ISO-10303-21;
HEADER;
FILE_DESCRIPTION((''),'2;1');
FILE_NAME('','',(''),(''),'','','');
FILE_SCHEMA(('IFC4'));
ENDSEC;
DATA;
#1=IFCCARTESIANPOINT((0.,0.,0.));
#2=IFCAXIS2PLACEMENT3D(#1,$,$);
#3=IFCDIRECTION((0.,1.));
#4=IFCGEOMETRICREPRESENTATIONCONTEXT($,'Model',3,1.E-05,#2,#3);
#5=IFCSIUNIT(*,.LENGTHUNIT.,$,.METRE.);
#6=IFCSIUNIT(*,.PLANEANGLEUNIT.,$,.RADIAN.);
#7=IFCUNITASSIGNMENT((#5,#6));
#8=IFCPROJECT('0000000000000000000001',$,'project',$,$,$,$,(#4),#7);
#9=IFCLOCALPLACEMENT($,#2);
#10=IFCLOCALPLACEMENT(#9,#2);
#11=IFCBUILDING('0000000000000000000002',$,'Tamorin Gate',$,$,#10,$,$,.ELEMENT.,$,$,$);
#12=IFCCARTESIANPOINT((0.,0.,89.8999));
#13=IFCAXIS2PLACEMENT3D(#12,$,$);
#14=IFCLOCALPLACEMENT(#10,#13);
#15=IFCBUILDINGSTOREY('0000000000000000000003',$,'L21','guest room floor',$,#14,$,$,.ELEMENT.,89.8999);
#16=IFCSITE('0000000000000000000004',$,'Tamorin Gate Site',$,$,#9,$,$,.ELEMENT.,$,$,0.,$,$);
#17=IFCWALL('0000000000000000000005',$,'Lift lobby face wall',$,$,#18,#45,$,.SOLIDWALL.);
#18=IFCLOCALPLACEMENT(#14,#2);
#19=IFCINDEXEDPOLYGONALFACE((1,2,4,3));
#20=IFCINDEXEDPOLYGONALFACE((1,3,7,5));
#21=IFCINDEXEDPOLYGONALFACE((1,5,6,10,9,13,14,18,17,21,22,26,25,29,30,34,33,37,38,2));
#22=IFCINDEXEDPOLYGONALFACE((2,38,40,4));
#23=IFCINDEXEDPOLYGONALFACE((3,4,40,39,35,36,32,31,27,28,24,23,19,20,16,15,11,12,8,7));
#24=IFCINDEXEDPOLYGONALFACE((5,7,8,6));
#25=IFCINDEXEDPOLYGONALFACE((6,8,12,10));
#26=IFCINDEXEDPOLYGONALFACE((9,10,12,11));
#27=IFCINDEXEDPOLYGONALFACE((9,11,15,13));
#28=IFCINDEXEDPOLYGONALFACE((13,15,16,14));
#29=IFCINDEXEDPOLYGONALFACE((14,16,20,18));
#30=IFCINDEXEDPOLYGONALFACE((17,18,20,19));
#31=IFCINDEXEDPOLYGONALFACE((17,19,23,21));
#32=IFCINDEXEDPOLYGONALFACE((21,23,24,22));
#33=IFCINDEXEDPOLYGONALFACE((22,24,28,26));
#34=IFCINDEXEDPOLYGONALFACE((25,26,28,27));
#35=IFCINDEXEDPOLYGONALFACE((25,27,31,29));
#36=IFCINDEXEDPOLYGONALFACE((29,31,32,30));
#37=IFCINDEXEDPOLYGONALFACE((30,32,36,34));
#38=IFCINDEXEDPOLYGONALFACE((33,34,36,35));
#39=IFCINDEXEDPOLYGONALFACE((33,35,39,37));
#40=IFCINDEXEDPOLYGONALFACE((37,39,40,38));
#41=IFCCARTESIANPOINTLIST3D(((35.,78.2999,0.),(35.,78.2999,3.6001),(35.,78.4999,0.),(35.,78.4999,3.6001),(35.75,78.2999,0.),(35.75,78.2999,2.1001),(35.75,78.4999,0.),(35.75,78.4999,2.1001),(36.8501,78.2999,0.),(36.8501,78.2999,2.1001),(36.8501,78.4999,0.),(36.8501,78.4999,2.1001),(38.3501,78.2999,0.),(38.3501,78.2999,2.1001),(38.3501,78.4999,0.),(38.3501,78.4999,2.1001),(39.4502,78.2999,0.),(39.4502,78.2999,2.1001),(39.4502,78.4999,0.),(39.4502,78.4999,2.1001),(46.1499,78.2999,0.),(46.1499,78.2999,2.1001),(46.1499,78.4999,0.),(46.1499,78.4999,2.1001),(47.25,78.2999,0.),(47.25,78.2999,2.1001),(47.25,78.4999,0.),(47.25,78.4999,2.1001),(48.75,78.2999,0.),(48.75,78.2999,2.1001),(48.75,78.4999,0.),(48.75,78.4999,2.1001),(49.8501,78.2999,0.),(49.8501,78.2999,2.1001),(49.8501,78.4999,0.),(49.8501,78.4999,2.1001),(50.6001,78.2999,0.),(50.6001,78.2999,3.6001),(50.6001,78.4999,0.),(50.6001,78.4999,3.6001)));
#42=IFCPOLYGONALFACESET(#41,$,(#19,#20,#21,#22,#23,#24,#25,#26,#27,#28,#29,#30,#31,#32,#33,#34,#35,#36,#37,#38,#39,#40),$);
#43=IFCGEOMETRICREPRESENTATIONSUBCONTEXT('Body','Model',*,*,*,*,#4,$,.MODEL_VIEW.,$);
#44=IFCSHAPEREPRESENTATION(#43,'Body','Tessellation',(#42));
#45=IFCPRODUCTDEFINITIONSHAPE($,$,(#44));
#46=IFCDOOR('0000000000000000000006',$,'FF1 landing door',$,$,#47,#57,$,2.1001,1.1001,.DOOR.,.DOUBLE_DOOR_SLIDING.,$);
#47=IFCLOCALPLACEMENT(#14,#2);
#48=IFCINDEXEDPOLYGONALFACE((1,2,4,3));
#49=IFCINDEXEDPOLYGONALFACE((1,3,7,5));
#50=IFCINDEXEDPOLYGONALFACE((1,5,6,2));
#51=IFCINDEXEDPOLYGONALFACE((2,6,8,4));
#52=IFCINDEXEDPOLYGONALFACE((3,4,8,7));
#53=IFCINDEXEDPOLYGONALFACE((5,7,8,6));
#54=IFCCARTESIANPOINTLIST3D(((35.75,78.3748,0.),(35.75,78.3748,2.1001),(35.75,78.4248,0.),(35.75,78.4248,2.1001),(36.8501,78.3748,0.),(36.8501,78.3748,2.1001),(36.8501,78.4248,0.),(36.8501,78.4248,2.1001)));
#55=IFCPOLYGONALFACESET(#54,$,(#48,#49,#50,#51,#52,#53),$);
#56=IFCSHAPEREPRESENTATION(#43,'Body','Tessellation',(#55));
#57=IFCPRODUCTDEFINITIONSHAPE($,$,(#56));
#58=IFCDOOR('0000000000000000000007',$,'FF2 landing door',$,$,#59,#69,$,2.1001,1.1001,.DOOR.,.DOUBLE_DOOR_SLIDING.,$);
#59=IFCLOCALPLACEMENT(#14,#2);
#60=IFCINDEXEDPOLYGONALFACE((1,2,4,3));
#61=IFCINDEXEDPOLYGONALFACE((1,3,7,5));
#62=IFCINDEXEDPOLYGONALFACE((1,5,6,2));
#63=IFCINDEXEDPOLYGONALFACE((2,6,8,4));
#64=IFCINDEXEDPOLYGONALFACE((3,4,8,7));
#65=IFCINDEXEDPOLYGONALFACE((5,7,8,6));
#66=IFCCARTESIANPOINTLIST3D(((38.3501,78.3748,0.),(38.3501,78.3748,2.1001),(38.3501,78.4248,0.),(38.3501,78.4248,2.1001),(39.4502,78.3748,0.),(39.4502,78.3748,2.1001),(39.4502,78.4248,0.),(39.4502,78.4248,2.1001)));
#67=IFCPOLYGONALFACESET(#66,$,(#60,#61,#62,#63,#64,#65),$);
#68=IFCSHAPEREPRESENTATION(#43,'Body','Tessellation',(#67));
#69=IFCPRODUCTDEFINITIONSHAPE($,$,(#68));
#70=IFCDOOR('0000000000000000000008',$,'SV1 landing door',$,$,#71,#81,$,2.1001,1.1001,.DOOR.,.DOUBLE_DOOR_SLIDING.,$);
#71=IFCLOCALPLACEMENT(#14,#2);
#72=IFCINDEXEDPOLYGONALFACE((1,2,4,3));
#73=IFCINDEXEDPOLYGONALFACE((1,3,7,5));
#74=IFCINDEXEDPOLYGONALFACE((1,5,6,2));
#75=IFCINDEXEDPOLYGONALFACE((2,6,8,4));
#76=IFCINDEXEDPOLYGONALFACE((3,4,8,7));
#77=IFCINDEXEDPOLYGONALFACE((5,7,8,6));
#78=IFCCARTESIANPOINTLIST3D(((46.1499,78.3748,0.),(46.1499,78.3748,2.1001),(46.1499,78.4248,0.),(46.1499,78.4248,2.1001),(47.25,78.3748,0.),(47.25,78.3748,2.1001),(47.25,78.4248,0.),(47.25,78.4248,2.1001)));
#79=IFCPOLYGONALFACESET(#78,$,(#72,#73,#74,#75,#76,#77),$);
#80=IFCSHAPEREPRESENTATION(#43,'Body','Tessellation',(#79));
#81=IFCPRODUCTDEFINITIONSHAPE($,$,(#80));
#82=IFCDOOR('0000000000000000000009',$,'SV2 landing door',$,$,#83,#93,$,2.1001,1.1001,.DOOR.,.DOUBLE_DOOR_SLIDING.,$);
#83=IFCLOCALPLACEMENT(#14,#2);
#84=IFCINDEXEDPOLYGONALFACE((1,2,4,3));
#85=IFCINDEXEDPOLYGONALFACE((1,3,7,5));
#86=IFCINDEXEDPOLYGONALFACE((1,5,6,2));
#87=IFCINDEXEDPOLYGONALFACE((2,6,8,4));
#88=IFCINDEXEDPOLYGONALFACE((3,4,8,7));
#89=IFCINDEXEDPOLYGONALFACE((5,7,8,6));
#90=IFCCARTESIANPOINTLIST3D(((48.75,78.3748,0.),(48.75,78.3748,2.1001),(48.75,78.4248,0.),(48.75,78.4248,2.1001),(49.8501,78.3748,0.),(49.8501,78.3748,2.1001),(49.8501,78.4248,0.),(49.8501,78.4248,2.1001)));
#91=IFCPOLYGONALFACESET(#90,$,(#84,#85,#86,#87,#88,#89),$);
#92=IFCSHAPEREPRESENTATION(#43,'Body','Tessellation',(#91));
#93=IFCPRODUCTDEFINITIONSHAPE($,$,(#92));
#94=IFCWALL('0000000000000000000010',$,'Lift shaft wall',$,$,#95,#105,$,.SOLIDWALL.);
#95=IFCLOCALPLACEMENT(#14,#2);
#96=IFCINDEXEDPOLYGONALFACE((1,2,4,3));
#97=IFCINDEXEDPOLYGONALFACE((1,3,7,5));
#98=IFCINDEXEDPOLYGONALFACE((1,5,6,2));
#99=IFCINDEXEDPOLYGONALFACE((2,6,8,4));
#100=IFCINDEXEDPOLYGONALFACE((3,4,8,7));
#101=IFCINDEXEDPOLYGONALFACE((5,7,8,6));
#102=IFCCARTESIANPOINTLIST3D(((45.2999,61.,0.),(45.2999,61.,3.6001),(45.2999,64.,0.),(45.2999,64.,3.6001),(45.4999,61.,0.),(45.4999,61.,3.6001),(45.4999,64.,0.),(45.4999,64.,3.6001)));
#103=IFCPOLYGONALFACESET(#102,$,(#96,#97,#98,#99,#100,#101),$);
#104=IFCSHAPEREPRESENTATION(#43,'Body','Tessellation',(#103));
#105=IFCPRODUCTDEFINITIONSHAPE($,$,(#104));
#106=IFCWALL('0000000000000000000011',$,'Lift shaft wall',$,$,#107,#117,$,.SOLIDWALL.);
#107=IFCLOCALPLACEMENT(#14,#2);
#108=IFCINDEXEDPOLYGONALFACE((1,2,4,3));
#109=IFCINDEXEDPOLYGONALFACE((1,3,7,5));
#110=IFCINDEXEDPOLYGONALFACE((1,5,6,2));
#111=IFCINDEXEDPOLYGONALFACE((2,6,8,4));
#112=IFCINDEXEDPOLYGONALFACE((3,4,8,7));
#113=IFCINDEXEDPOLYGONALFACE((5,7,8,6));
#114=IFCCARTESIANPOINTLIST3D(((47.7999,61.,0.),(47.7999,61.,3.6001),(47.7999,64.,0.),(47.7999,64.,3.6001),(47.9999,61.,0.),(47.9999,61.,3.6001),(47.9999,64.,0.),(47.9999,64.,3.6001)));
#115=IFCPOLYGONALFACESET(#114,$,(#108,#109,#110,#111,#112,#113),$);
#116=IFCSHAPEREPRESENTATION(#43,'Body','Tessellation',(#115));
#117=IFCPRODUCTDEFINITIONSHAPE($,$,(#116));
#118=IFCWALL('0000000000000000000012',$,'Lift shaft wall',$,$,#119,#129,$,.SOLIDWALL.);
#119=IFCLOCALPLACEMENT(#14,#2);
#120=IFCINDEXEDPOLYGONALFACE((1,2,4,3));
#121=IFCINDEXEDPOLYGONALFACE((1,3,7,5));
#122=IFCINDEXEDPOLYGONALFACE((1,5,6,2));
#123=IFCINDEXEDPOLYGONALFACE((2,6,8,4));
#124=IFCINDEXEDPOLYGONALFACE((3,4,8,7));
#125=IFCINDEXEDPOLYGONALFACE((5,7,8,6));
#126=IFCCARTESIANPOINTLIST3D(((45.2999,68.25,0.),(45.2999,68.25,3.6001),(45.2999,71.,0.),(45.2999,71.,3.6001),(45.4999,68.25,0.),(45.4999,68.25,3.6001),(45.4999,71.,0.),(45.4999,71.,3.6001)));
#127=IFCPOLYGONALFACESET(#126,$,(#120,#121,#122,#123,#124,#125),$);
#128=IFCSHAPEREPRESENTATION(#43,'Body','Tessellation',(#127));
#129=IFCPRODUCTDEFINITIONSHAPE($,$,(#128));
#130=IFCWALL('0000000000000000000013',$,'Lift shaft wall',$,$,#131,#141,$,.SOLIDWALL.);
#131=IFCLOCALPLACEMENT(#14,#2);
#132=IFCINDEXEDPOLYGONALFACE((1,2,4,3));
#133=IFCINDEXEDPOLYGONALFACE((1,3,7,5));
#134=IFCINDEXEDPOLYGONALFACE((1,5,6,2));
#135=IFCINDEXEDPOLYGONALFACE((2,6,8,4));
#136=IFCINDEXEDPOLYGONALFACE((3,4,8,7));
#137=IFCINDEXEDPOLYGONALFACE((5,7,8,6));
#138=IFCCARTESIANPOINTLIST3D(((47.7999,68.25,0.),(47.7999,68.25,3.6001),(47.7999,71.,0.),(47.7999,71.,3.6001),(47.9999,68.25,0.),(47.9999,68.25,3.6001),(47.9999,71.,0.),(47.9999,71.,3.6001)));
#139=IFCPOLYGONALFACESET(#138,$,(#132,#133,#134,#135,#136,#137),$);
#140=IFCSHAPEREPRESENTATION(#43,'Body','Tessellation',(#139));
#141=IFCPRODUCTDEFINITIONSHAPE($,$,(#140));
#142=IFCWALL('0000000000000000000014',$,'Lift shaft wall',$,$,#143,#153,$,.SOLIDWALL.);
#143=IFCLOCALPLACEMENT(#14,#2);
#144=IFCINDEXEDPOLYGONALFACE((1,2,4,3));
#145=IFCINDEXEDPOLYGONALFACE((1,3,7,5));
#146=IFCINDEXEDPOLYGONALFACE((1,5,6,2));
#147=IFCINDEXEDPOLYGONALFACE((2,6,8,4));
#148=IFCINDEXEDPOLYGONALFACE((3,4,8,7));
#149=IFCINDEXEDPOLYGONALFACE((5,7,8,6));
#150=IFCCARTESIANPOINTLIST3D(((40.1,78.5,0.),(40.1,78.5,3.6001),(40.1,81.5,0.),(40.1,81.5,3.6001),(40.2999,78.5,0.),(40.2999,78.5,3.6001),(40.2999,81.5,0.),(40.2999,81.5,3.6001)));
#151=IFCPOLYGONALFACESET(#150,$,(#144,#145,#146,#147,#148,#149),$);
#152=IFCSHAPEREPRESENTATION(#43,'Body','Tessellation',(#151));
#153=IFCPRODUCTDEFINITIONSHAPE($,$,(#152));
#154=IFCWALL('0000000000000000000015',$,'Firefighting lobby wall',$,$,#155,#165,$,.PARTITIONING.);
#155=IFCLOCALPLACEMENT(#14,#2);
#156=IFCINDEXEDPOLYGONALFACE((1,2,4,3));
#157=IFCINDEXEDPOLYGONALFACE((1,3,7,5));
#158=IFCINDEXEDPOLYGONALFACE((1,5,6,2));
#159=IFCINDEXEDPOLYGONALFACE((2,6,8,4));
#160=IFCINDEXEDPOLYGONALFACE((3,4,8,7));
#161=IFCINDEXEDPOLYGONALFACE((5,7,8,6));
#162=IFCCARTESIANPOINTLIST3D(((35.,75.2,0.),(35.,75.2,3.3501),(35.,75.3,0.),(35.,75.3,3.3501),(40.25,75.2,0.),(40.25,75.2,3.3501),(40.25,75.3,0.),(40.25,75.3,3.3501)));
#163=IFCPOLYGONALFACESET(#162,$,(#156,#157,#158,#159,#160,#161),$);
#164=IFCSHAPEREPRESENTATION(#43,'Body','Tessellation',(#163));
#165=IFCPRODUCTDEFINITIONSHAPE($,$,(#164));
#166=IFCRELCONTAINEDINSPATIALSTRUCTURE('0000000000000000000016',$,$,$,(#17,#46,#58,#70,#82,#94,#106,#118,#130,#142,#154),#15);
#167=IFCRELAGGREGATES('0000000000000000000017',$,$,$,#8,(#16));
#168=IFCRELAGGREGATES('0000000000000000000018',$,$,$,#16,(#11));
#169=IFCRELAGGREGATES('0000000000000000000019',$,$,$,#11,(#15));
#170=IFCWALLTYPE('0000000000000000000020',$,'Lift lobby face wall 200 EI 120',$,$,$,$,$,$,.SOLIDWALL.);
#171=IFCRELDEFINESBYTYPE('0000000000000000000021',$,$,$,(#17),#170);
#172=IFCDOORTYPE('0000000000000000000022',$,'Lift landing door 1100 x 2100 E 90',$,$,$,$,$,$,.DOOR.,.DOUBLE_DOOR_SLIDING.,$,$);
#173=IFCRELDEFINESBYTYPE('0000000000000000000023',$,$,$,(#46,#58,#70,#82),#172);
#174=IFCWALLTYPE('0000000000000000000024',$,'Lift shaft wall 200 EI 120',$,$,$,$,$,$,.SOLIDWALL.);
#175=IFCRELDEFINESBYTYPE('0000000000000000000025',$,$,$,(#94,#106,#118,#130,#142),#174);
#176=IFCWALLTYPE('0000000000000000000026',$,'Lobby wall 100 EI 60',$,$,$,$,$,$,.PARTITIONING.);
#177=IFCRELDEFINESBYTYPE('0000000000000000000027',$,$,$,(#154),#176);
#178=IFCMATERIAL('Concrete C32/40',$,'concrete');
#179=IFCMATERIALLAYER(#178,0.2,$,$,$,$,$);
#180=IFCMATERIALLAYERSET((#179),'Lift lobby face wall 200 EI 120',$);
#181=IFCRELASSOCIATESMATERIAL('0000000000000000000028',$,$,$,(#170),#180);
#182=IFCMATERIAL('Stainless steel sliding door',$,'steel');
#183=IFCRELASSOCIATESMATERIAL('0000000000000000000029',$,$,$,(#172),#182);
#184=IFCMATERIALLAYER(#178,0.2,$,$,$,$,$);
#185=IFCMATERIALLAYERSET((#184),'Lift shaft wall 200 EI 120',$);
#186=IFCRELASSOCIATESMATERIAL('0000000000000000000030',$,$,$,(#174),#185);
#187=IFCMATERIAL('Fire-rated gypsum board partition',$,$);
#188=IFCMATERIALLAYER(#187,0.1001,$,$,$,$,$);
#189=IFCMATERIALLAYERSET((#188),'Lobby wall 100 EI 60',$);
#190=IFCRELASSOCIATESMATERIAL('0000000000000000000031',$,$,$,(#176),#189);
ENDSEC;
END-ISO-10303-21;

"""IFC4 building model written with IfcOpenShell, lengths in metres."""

from ifc_helpers import new_model, si_unit, direction, frame, frame_2d, origin, place, context, subcontext, project, spatial, rectangle, extrude, material, layer, layer_set, type_object, element, fill, save


model = new_model("IFC4")

# Units and contexts
model_context = context("Model", 3, precision=1e-05, world=origin(), true_north=direction((0.0, 1.0)))
body_context = subcontext(model_context, "Body", "Model", "MODEL_VIEW")
ifc_project = project(units=[si_unit("LENGTHUNIT", "METRE"), si_unit("PLANEANGLEUNIT", "RADIAN")], contexts=[model_context])

# Site, building, storey
site_placement = place(None, origin())
site = spatial("IfcSite", under=ifc_project, at=site_placement, Name="Tamorin Gate Site", CompositionType="ELEMENT", RefElevation=0.0)
building_placement = place(site_placement, origin())
building = spatial("IfcBuilding", under=site, at=building_placement, Name="Tamorin Gate", CompositionType="ELEMENT")
storey_placement = place(building_placement, frame((0.0, 0.0, 89.8999)))
storey = spatial("IfcBuildingStorey", under=building, at=storey_placement, Name="L21", Description="guest room floor", CompositionType="ELEMENT", Elevation=89.8999)

# Wall, openings, doors
ifc_material_1 = material(Name="Concrete C32/40", Category="concrete")
ifc_layer_1 = layer(ifc_material_1, 0.2)
ifc_layer_set_1 = layer_set([ifc_layer_1], Name="Lift lobby face wall 200 EI 120")
wall_type_1 = type_object("IfcWallType", Name="Lift lobby face wall 200 EI 120", PredefinedType="SOLIDWALL", material=ifc_layer_set_1)
wall_1_placement = place(storey_placement, frame((35.0, 78.3999, 0.0), z_axis=(0.0, 0.0, 1.0), x_axis=(1.0, 0.0, 0.0)))
wall_1 = element("IfcWall", 1, at=wall_1_placement, inside=storey, type_object=wall_type_1, Name="Lift lobby face wall", PredefinedType="SOLIDWALL", context=body_context, shape_type="SweptSolid", body=[
    extrude(rectangle(XDim=15.6001, YDim=0.2, at=frame_2d((7.8, 0.0))), origin(), (0.0, 0.0, 1.0), 3.6001),
])
opening_1_placement = place(wall_1_placement, frame((0.75, 0.0, 0.0)))
opening_1 = element("IfcOpeningElement", 2, at=opening_1_placement, cuts=wall_1, PredefinedType="OPENING", context=body_context, shape_type="SweptSolid", body=[
    extrude(rectangle(XDim=1.1001, YDim=2.1001, at=frame_2d((0.55, 1.05))), frame((0.0, 0.1099, 0.0), z_axis=(0.0, -1.0, 0.0), x_axis=(1.0, 0.0, 0.0)), (0.0, 0.0, 1.0), 0.22),
])
opening_2_placement = place(wall_1_placement, frame((3.3501, 0.0, 0.0)))
opening_2 = element("IfcOpeningElement", 3, at=opening_2_placement, cuts=wall_1, PredefinedType="OPENING", context=body_context, shape_type="SweptSolid", body=[
    extrude(rectangle(XDim=1.1001, YDim=2.1001, at=frame_2d((0.55, 1.05))), frame((0.0, 0.1099, 0.0), z_axis=(0.0, -1.0, 0.0), x_axis=(1.0, 0.0, 0.0)), (0.0, 0.0, 1.0), 0.22),
])
opening_3_placement = place(wall_1_placement, frame((11.1499, 0.0, 0.0)))
opening_3 = element("IfcOpeningElement", 4, at=opening_3_placement, cuts=wall_1, PredefinedType="OPENING", context=body_context, shape_type="SweptSolid", body=[
    extrude(rectangle(XDim=1.1001, YDim=2.1001, at=frame_2d((0.55, 1.05))), frame((0.0, 0.1099, 0.0), z_axis=(0.0, -1.0, 0.0), x_axis=(1.0, 0.0, 0.0)), (0.0, 0.0, 1.0), 0.22),
])
opening_4_placement = place(wall_1_placement, frame((13.75, 0.0, 0.0)))
opening_4 = element("IfcOpeningElement", 5, at=opening_4_placement, cuts=wall_1, PredefinedType="OPENING", context=body_context, shape_type="SweptSolid", body=[
    extrude(rectangle(XDim=1.1001, YDim=2.1001, at=frame_2d((0.55, 1.05))), frame((0.0, 0.1099, 0.0), z_axis=(0.0, -1.0, 0.0), x_axis=(1.0, 0.0, 0.0)), (0.0, 0.0, 1.0), 0.22),
])
ifc_material_2 = material(Name="Stainless steel sliding door", Category="steel")
door_type_1 = type_object("IfcDoorType", Name="Lift landing door 1100 x 2100 E 90", OperationType="DOUBLE_DOOR_SLIDING", PredefinedType="DOOR", material=ifc_material_2)
door_1_placement = place(opening_1_placement, origin())
door_1 = element("IfcDoor", 6, at=door_1_placement, inside=storey, type_object=door_type_1, Name="FF1 landing door", OperationType="DOUBLE_DOOR_SLIDING", OverallHeight=2.1001, OverallWidth=1.1001, PredefinedType="DOOR", context=body_context, shape_type="SweptSolid", body=[
    extrude(rectangle(XDim=1.1001, YDim=2.1001, at=frame_2d((0.55, 1.05))), frame((0.0, 0.0249, 0.0), z_axis=(0.0, -1.0, 0.0), x_axis=(1.0, 0.0, 0.0)), (0.0, 0.0, 1.0), 0.05),
])
fill(opening_1, door_1)
door_2_placement = place(opening_2_placement, origin())
door_2 = element("IfcDoor", 7, at=door_2_placement, inside=storey, type_object=door_type_1, Name="FF2 landing door", OperationType="DOUBLE_DOOR_SLIDING", OverallHeight=2.1001, OverallWidth=1.1001, PredefinedType="DOOR", context=body_context, shape_type="SweptSolid", body=[
    extrude(rectangle(XDim=1.1001, YDim=2.1001, at=frame_2d((0.55, 1.05))), frame((0.0, 0.0249, 0.0), z_axis=(0.0, -1.0, 0.0), x_axis=(1.0, 0.0, 0.0)), (0.0, 0.0, 1.0), 0.05),
])
fill(opening_2, door_2)
door_3_placement = place(opening_3_placement, origin())
door_3 = element("IfcDoor", 8, at=door_3_placement, inside=storey, type_object=door_type_1, Name="SV1 landing door", OperationType="DOUBLE_DOOR_SLIDING", OverallHeight=2.1001, OverallWidth=1.1001, PredefinedType="DOOR", context=body_context, shape_type="SweptSolid", body=[
    extrude(rectangle(XDim=1.1001, YDim=2.1001, at=frame_2d((0.55, 1.05))), frame((0.0, 0.0249, 0.0), z_axis=(0.0, -1.0, 0.0), x_axis=(1.0, 0.0, 0.0)), (0.0, 0.0, 1.0), 0.05),
])
fill(opening_3, door_3)
door_4_placement = place(opening_4_placement, origin())
door_4 = element("IfcDoor", 9, at=door_4_placement, inside=storey, type_object=door_type_1, Name="SV2 landing door", OperationType="DOUBLE_DOOR_SLIDING", OverallHeight=2.1001, OverallWidth=1.1001, PredefinedType="DOOR", context=body_context, shape_type="SweptSolid", body=[
    extrude(rectangle(XDim=1.1001, YDim=2.1001, at=frame_2d((0.55, 1.05))), frame((0.0, 0.0249, 0.0), z_axis=(0.0, -1.0, 0.0), x_axis=(1.0, 0.0, 0.0)), (0.0, 0.0, 1.0), 0.05),
])
fill(opening_4, door_4)

# Walls
ifc_layer_2 = layer(ifc_material_1, 0.2)
ifc_layer_set_2 = layer_set([ifc_layer_2], Name="Lift shaft wall 200 EI 120")
wall_type_2 = type_object("IfcWallType", Name="Lift shaft wall 200 EI 120", PredefinedType="SOLIDWALL", material=ifc_layer_set_2)
for number, where, z_axis, x_axis, name in (
    (10, (45.3999, 61.0, 0.0), (0.0, 0.0, 1.0), (0.0, 1.0, 0.0), "Lift shaft wall"),
    (11, (47.8999, 61.0, 0.0), (0.0, 0.0, 1.0), (0.0, 1.0, 0.0), "Lift shaft wall"),
):
    element("IfcWall", number, at=place(storey_placement, frame(where, z_axis=z_axis, x_axis=x_axis)), inside=storey, type_object=wall_type_2, Name=name, PredefinedType="SOLIDWALL", context=body_context, shape_type="SweptSolid", body=[
        extrude(rectangle(XDim=3.0, YDim=0.2, at=frame_2d((1.5, 0.0))), origin(), (0.0, 0.0, 1.0), 3.6001),
    ])
for number, where, z_axis, x_axis, name in (
    (12, (45.3999, 68.25, 0.0), (0.0, 0.0, 1.0), (0.0, 1.0, 0.0), "Lift shaft wall"),
    (13, (47.8999, 68.25, 0.0), (0.0, 0.0, 1.0), (0.0, 1.0, 0.0), "Lift shaft wall"),
):
    element("IfcWall", number, at=place(storey_placement, frame(where, z_axis=z_axis, x_axis=x_axis)), inside=storey, type_object=wall_type_2, Name=name, PredefinedType="SOLIDWALL", context=body_context, shape_type="SweptSolid", body=[
        extrude(rectangle(XDim=2.75, YDim=0.2, at=frame_2d((1.375, 0.0))), origin(), (0.0, 0.0, 1.0), 3.6001),
    ])
wall_2_placement = place(storey_placement, frame((40.2, 78.5, 0.0), z_axis=(0.0, 0.0, 1.0), x_axis=(0.0, 1.0, 0.0)))
element("IfcWall", 14, at=wall_2_placement, inside=storey, type_object=wall_type_2, Name="Lift shaft wall", PredefinedType="SOLIDWALL", context=body_context, shape_type="SweptSolid", body=[
    extrude(rectangle(XDim=3.0, YDim=0.2, at=frame_2d((1.5, 0.0))), origin(), (0.0, 0.0, 1.0), 3.6001),
])
ifc_material_3 = material(Name="Fire-rated gypsum board partition")
ifc_layer_3 = layer(ifc_material_3, 0.1001)
ifc_layer_set_3 = layer_set([ifc_layer_3], Name="Lobby wall 100 EI 60")
wall_type_3 = type_object("IfcWallType", Name="Lobby wall 100 EI 60", PredefinedType="PARTITIONING", material=ifc_layer_set_3)
wall_3_placement = place(storey_placement, frame((35.0, 75.25, 0.0), z_axis=(0.0, 0.0, 1.0), x_axis=(1.0, 0.0, 0.0)))
element("IfcWall", 15, at=wall_3_placement, inside=storey, type_object=wall_type_3, Name="Firefighting lobby wall", PredefinedType="PARTITIONING", context=body_context, shape_type="SweptSolid", body=[
    extrude(rectangle(XDim=5.25, YDim=0.1001, at=frame_2d((2.625, 0.0))), origin(), (0.0, 0.0, 1.0), 3.3501),
])

save(model, "model.ifc")
